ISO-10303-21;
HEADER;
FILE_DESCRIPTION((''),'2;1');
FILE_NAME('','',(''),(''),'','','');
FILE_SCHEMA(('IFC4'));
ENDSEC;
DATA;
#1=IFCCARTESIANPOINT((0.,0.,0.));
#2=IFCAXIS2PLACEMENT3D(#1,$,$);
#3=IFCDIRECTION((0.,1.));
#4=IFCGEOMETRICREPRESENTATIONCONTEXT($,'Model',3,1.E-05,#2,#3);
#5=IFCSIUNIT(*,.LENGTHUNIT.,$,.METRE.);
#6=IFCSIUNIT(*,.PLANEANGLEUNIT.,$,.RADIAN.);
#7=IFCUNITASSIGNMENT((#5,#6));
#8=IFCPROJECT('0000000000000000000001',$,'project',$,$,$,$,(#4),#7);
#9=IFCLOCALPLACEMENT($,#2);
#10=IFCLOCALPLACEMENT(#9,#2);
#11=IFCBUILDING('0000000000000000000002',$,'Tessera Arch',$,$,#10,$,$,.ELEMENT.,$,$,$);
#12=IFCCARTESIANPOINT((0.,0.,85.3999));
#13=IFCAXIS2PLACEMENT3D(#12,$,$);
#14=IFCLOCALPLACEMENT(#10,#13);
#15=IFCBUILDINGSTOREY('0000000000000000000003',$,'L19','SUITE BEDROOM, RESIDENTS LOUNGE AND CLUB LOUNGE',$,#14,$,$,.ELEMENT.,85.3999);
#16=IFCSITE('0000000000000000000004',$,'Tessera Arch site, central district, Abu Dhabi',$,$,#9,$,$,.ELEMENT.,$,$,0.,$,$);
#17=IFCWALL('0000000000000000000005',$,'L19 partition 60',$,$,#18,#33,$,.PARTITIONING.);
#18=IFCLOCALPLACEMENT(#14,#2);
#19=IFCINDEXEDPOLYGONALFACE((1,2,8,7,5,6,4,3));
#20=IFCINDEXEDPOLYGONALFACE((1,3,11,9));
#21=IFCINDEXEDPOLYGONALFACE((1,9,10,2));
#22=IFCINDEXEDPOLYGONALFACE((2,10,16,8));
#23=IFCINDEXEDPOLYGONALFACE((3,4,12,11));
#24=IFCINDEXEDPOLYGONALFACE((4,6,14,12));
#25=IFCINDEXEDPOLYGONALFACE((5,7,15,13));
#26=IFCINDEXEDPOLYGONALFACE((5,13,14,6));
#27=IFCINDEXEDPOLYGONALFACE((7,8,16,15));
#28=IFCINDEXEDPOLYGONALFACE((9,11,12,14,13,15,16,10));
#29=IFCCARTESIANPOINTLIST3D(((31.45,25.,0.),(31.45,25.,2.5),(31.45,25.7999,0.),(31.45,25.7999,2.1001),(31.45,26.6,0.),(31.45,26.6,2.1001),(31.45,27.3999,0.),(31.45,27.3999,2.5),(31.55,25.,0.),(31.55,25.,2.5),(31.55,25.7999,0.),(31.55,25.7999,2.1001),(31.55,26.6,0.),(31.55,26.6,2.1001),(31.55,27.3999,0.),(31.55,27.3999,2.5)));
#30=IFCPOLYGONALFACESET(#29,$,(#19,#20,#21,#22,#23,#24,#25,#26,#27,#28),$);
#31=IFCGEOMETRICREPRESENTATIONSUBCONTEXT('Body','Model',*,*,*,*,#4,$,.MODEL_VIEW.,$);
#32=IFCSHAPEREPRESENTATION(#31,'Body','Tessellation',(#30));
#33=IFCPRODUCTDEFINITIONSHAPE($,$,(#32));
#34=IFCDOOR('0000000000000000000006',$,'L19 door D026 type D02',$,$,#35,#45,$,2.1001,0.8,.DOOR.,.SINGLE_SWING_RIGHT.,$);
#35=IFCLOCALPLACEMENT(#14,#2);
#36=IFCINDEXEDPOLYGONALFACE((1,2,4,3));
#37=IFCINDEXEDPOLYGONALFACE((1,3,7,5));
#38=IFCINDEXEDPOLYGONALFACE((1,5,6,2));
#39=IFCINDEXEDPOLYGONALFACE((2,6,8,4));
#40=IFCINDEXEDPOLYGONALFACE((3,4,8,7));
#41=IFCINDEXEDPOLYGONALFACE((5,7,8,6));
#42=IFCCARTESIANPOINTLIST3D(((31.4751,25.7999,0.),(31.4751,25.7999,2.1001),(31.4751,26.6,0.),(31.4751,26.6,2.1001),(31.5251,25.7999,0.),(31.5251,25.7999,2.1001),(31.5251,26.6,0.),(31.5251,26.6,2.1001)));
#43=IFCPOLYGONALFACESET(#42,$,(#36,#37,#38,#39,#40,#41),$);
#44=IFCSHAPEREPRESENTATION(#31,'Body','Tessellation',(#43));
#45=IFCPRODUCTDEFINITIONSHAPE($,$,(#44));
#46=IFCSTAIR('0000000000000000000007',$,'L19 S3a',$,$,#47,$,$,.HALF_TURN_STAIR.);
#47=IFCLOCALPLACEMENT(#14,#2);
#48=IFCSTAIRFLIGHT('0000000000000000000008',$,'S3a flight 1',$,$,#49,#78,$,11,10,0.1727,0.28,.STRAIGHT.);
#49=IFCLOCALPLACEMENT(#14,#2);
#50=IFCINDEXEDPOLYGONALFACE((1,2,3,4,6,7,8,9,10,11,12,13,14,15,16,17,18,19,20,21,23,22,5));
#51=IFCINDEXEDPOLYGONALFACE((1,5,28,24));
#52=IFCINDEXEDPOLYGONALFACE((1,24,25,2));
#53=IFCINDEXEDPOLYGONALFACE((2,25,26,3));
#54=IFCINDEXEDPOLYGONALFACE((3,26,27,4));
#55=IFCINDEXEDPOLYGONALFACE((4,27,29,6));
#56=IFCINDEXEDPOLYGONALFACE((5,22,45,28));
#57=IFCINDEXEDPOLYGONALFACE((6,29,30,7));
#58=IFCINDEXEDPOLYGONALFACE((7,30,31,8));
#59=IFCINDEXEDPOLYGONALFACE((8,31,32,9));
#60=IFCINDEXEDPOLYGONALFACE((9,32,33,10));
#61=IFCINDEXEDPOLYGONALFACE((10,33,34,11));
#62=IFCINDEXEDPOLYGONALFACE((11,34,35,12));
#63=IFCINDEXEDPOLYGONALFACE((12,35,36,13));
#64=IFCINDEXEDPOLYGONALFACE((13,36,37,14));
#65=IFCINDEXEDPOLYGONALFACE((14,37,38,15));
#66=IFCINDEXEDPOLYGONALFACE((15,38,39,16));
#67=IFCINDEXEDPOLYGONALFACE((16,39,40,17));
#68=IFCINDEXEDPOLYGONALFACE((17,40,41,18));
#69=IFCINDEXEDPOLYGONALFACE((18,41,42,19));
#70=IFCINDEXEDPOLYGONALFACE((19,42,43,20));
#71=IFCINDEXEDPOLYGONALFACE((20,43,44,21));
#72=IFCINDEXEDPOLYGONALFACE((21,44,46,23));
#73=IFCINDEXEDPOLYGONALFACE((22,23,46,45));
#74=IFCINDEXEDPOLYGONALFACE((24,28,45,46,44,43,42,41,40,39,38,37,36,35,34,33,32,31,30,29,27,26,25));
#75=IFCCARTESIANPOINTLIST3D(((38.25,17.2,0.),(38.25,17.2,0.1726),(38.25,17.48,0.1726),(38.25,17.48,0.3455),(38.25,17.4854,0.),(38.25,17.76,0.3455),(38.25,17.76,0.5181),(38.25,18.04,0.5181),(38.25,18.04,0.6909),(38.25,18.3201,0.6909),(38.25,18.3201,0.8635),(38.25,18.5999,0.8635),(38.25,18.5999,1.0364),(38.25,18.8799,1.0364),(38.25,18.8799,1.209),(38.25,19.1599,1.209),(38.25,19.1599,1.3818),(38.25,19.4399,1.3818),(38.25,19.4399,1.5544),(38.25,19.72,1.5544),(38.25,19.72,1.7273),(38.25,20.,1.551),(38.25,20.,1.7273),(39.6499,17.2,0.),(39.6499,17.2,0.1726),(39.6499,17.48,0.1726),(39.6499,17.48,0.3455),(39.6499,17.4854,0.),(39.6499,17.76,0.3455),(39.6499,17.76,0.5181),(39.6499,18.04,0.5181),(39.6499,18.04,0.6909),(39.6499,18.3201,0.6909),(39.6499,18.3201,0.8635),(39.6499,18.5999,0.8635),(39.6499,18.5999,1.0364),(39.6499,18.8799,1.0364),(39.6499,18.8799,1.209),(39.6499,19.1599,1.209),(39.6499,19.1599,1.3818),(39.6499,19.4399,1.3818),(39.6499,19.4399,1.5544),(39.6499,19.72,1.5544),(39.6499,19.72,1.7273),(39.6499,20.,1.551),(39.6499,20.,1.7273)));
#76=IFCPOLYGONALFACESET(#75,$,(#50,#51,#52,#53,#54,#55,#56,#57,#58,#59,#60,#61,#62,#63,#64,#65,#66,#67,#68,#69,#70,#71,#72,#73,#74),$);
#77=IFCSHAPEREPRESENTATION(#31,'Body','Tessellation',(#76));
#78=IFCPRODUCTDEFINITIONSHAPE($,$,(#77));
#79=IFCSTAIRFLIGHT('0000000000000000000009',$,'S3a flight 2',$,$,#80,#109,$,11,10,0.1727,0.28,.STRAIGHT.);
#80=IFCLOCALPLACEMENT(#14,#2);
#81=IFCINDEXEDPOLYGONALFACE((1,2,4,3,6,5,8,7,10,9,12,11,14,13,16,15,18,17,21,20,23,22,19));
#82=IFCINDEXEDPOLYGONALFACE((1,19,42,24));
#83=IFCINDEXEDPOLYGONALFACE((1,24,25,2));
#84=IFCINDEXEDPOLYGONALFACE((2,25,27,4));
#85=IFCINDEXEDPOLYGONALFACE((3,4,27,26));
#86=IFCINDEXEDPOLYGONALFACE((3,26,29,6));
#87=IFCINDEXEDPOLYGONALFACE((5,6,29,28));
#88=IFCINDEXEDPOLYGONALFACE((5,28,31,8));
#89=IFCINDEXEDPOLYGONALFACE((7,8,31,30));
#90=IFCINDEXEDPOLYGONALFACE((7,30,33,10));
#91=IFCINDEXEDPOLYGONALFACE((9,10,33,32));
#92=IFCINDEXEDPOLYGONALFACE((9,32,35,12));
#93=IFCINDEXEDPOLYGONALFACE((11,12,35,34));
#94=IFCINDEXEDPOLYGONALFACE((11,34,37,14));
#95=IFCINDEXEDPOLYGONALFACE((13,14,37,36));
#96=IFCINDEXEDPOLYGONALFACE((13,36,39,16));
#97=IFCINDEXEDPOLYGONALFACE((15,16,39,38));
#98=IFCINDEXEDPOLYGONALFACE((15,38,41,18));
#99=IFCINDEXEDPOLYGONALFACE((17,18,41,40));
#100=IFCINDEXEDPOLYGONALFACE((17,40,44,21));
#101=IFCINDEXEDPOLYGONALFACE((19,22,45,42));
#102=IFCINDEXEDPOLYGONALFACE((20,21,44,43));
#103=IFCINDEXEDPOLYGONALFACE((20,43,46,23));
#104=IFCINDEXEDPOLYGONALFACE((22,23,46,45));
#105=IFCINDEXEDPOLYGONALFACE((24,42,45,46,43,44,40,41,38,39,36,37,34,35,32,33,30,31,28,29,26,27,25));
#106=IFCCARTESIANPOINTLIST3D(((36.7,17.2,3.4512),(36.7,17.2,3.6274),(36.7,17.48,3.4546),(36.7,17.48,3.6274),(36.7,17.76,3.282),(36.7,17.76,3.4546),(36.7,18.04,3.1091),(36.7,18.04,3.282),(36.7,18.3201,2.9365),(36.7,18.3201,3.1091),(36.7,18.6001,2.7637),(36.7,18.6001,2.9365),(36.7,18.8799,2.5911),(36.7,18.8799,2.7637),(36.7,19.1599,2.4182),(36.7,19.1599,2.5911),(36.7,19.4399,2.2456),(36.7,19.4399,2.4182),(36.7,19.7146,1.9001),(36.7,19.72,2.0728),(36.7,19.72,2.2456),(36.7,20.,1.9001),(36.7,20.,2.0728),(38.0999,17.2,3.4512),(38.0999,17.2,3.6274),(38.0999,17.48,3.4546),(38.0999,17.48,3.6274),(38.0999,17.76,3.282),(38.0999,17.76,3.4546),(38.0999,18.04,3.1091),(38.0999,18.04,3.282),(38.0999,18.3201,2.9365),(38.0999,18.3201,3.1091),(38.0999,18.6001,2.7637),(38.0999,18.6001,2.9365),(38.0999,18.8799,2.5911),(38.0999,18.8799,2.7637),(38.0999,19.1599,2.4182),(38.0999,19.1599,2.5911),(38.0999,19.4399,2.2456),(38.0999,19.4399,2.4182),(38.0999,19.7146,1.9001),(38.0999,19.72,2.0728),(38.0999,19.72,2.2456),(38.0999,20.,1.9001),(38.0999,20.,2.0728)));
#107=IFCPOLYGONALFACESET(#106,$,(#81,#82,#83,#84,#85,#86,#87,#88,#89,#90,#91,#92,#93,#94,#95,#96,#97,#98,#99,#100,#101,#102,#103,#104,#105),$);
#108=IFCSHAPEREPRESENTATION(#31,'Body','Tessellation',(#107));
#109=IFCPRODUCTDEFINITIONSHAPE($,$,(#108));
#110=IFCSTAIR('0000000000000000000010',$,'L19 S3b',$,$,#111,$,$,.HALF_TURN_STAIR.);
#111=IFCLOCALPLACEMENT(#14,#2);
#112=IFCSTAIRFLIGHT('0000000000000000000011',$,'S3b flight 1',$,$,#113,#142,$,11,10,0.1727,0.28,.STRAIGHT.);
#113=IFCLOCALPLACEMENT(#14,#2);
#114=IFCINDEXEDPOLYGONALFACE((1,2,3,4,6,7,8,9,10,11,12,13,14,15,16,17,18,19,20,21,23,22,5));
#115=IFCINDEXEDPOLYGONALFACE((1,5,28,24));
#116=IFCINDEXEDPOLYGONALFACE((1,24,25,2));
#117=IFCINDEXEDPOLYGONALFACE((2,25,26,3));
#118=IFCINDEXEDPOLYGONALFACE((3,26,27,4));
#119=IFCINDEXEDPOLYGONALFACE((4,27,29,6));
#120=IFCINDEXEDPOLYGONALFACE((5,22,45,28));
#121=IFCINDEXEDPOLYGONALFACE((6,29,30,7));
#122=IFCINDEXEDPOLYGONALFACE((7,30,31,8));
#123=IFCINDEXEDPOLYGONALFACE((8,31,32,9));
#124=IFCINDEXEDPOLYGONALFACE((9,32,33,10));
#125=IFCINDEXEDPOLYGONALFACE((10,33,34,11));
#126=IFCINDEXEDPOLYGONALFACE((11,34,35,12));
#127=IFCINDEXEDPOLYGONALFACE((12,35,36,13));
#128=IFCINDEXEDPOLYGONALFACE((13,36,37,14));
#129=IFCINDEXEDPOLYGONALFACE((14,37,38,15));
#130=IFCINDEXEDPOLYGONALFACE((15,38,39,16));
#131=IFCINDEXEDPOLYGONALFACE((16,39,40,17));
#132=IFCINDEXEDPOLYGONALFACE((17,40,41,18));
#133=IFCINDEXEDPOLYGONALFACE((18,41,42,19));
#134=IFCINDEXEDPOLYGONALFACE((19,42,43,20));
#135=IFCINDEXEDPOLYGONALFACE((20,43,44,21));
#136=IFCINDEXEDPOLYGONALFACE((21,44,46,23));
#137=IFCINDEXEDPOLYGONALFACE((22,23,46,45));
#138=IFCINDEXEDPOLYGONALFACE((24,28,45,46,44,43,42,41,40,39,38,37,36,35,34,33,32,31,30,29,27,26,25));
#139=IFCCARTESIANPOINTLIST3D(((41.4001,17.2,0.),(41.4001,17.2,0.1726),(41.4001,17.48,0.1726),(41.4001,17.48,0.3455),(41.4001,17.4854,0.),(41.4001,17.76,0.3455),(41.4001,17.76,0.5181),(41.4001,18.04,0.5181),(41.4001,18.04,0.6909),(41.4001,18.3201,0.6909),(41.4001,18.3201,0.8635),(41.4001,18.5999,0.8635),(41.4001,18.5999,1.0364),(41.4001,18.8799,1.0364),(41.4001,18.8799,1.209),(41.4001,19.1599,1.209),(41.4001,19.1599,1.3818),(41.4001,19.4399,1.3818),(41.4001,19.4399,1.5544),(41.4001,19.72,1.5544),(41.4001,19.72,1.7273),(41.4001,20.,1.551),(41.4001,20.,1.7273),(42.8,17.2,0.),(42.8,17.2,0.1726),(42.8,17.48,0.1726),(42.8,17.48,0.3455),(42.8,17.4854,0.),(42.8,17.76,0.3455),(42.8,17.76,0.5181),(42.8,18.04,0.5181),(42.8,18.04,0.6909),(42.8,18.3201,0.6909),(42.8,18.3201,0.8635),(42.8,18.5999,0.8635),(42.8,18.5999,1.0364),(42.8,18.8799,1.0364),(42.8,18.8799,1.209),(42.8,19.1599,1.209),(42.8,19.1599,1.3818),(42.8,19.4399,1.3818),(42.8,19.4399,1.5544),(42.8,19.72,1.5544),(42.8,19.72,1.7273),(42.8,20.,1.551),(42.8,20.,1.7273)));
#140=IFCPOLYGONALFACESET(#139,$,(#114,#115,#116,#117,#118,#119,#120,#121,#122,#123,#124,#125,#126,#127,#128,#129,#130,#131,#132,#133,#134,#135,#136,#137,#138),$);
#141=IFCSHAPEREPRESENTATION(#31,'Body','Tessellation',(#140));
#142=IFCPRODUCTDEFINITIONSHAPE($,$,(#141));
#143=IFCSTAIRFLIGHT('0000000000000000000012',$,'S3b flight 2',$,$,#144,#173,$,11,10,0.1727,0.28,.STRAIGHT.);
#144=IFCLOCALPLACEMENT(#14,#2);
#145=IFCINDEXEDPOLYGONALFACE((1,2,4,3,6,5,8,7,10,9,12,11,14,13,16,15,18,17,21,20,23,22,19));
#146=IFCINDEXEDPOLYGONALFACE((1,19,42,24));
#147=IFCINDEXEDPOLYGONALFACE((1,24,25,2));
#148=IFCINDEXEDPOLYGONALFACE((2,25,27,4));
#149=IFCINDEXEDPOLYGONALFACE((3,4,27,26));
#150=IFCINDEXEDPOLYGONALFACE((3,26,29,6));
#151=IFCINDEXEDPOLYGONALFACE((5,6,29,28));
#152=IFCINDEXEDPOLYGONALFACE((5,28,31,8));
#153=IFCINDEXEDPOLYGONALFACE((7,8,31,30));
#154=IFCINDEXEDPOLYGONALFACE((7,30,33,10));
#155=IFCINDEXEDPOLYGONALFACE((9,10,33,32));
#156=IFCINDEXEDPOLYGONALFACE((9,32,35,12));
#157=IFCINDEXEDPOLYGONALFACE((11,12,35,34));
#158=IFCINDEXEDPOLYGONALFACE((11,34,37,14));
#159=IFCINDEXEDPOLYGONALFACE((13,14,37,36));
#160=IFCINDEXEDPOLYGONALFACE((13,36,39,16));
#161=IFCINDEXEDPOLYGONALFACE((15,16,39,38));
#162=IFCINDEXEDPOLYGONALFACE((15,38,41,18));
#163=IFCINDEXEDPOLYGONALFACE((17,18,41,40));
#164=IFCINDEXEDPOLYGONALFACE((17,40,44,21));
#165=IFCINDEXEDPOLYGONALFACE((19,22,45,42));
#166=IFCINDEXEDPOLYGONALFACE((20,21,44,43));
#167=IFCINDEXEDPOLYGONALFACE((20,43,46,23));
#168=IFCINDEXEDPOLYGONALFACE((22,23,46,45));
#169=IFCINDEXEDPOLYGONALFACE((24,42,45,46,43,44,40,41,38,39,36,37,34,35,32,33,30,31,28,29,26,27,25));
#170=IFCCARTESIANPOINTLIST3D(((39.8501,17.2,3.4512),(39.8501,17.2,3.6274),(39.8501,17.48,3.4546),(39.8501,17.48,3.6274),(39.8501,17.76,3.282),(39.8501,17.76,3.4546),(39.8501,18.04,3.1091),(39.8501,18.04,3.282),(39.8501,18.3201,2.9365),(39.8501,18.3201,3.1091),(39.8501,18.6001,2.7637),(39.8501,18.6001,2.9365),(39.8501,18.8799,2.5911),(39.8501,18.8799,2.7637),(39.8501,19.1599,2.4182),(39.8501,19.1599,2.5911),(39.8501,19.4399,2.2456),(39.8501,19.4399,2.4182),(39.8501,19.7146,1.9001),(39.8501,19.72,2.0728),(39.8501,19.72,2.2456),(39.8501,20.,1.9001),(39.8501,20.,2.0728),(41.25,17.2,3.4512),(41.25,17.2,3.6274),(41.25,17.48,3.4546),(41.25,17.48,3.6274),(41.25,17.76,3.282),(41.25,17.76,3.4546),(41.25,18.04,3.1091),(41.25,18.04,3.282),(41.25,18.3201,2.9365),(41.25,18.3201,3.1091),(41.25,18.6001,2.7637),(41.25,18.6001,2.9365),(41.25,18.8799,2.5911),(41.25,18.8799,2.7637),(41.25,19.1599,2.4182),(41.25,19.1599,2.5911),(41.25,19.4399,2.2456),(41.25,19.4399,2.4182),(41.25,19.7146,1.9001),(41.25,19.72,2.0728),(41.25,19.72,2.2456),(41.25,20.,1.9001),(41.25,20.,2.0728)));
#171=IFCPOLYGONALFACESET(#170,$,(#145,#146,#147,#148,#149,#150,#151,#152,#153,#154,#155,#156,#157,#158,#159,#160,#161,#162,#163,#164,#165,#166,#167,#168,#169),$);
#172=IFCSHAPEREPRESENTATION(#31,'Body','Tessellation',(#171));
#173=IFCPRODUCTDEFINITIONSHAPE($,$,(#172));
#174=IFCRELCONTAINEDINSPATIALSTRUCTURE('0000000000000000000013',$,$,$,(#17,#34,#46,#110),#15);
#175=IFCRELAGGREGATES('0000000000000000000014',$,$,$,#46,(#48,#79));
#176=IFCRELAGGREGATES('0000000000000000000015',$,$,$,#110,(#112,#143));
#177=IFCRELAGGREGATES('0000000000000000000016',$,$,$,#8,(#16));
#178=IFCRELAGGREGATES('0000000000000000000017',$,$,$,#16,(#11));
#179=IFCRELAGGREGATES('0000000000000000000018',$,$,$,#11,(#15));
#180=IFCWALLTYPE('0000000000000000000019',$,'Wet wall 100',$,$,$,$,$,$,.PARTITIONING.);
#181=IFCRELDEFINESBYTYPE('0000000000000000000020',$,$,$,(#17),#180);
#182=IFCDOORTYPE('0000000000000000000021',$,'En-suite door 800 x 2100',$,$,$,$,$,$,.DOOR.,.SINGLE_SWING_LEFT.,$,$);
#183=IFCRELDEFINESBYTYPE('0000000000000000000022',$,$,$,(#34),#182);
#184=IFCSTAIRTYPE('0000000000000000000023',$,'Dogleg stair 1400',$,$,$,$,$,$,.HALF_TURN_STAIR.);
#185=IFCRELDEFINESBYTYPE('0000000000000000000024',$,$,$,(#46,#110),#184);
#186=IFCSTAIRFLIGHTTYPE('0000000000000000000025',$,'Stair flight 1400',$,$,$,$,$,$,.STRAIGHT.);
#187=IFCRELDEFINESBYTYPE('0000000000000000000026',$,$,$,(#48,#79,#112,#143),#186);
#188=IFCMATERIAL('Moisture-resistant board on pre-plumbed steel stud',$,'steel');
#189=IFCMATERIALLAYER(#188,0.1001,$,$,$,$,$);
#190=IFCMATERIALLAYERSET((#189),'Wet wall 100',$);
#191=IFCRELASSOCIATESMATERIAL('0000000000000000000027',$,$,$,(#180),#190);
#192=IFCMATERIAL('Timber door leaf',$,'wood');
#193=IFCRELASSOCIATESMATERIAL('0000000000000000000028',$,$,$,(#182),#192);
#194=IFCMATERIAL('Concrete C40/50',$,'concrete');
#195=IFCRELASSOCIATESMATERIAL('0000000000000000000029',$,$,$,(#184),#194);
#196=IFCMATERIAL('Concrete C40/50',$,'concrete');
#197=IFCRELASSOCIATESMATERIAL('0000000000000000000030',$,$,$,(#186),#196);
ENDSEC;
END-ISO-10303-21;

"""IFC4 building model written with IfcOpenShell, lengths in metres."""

from ifc_helpers import new_model, si_unit, direction, frame, frame_2d, origin, place, context, subcontext, project, spatial, polyline, rectangle, outline, extrude, material, layer, layer_set, type_object, element, fill, aggregate, save


model = new_model("IFC4")

# Units and contexts
model_context = context("Model", 3, precision=1e-05, world=origin(), true_north=direction((0.0, 1.0)))
body_context = subcontext(model_context, "Body", "Model", "MODEL_VIEW")
ifc_project = project(units=[si_unit("LENGTHUNIT", "METRE"), si_unit("PLANEANGLEUNIT", "RADIAN")], contexts=[model_context])

# Site, building, storey
site_placement = place(None, origin())
site = spatial("IfcSite", under=ifc_project, at=site_placement, Name="Tessera Arch site, central district, Abu Dhabi", CompositionType="ELEMENT", RefElevation=0.0)
building_placement = place(site_placement, origin())
building = spatial("IfcBuilding", under=site, at=building_placement, Name="Tessera Arch", CompositionType="ELEMENT")
storey_placement = place(building_placement, frame((0.0, 0.0, 85.3999)))
storey = spatial("IfcBuildingStorey", under=building, at=storey_placement, Name="L19", Description="SUITE BEDROOM, RESIDENTS LOUNGE AND CLUB LOUNGE", CompositionType="ELEMENT", Elevation=85.3999)

# Shared definitions
ifc_material_1 = material(Name="Moisture-resistant board on pre-plumbed steel stud", Category="steel")
ifc_layer_1 = layer(ifc_material_1, 0.1001)
ifc_layer_set_1 = layer_set([ifc_layer_1], Name="Wet wall 100")
wall_type_1 = type_object("IfcWallType", Name="Wet wall 100", PredefinedType="PARTITIONING", material=ifc_layer_set_1)

# Wall, opening, door
ifc_material_2 = material(Name="Timber door leaf", Category="wood")
door_type_1 = type_object("IfcDoorType", Name="En-suite door 800 x 2100", OperationType="SINGLE_SWING_LEFT", PredefinedType="DOOR", material=ifc_material_2)
wall_1_placement = place(storey_placement, frame((31.5, 25.0, 0.0), z_axis=(0.0, 0.0, 1.0), x_axis=(0.0, 1.0, 0.0)))
wall_1 = element("IfcWall", 1, at=wall_1_placement, inside=storey, type_object=wall_type_1, Name="L19 partition 60", PredefinedType="PARTITIONING", context=body_context, shape_type="SweptSolid", body=[
    extrude(rectangle(XDim=2.3999, YDim=0.1001, at=frame_2d((1.2, 0.0))), origin(), (0.0, 0.0, 1.0), 2.5),
])
opening_1_placement = place(wall_1_placement, frame((0.8, 0.0, 0.0)))
opening_1 = element("IfcOpeningElement", 2, at=opening_1_placement, cuts=wall_1, PredefinedType="OPENING", context=body_context, shape_type="SweptSolid", body=[
    extrude(rectangle(XDim=0.8, YDim=2.1001, at=frame_2d((0.3999, 1.05))), frame((0.0, 0.0601, 0.0), z_axis=(0.0, -1.0, 0.0), x_axis=(1.0, 0.0, 0.0)), (0.0, 0.0, 1.0), 0.1201),
])
door_1_placement = place(opening_1_placement, origin())
door_1 = element("IfcDoor", 3, at=door_1_placement, inside=storey, type_object=door_type_1, Name="L19 door D026 type D02", OperationType="SINGLE_SWING_RIGHT", OverallHeight=2.1001, OverallWidth=0.8, PredefinedType="DOOR", context=body_context, shape_type="SweptSolid", body=[
    extrude(rectangle(XDim=0.8, YDim=2.1001, at=frame_2d((0.3999, 1.05))), frame((0.0, 0.0249, 0.0), z_axis=(0.0, -1.0, 0.0), x_axis=(1.0, 0.0, 0.0)), (0.0, 0.0, 1.0), 0.05),
])
fill(opening_1, door_1)

# Stairs, stair flights
ifc_material_3 = material(Name="Concrete C40/50", Category="concrete")
stair_type = type_object("IfcStairType", Name="Dogleg stair 1400", PredefinedType="HALF_TURN_STAIR", material=ifc_material_3)
stair_1_placement = place(storey_placement, origin())
stair_1 = element("IfcStair", 4, at=stair_1_placement, inside=storey, type_object=stair_type, Name="L19 S3a", PredefinedType="HALF_TURN_STAIR")
ifc_material_4 = material(Name="Concrete C40/50", Category="concrete")
stair_flight_type = type_object("IfcStairFlightType", Name="Stair flight 1400", PredefinedType="STRAIGHT", material=ifc_material_4)
stair_flight_1_placement = place(storey_placement, frame((38.95, 17.2, 0.0), z_axis=(0.0, 0.0, 1.0), x_axis=(0.0, 1.0, 0.0)))
stair_flight_1 = element("IfcStairFlight", 5, at=stair_flight_1_placement, type_object=stair_flight_type, Name="S3a flight 1", NumberOfRisers=11, NumberOfTreads=10, PredefinedType="STRAIGHT", RiserHeight=0.1727, TreadLength=0.28, context=body_context, shape_type="SweptSolid", body=[
    extrude(outline(polyline([(0.0, 0.0), (0.0, 0.1726), (0.28, 0.1726), (0.28, 0.3455), (0.5601, 0.3455), (0.5601, 0.5181), (0.8401, 0.5181), (0.8401, 0.6909), (1.1201, 0.6909), (1.1201, 0.8635), (1.3999, 0.8635), (1.3999, 1.0364), (1.6799, 1.0364), (1.6799, 1.209), (1.96, 1.209), (1.96, 1.3818), (2.24, 1.3818), (2.24, 1.5544), (2.52, 1.5544), (2.52, 1.7273), (2.8, 1.7273), (2.8, 1.8999), (2.8, 1.551), (0.2854, 0.0), (0.0, 0.0)])), frame((0.0, 0.7, 0.0), z_axis=(0.0, -1.0, 0.0), x_axis=(1.0, 0.0, 0.0)), (0.0, 0.0, 1.0), 1.3999),
])
stair_flight_2_placement = place(storey_placement, frame((37.3999, 20.0, 1.9001), z_axis=(0.0, 0.0, 1.0), x_axis=(0.0, -1.0, 0.0)))
stair_flight_2 = element("IfcStairFlight", 6, at=stair_flight_2_placement, type_object=stair_flight_type, Name="S3a flight 2", NumberOfRisers=11, NumberOfTreads=10, PredefinedType="STRAIGHT", RiserHeight=0.1727, TreadLength=0.28, context=body_context, shape_type="SweptSolid", body=[
    extrude(outline(polyline([(0.0, 0.0), (0.0, 0.1726), (0.28, 0.1726), (0.28, 0.3455), (0.5601, 0.3455), (0.5601, 0.5181), (0.8401, 0.5181), (0.8401, 0.6909), (1.1201, 0.6909), (1.1201, 0.8635), (1.3999, 0.8635), (1.3999, 1.0364), (1.6799, 1.0364), (1.6799, 1.209), (1.96, 1.209), (1.96, 1.3818), (2.24, 1.3818), (2.24, 1.5544), (2.52, 1.5544), (2.52, 1.7273), (2.8, 1.7273), (2.8, 1.8999), (2.8, 1.551), (0.2854, 0.0), (0.0, 0.0)])), frame((0.0, 0.7, 0.0), z_axis=(0.0, -1.0, 0.0), x_axis=(1.0, 0.0, 0.0)), (0.0, 0.0, 1.0), 1.3999),
])
aggregate(stair_1, [stair_flight_1, stair_flight_2])
stair_2_placement = place(storey_placement, origin())
stair_2 = element("IfcStair", 7, at=stair_2_placement, inside=storey, type_object=stair_type, Name="L19 S3b", PredefinedType="HALF_TURN_STAIR")
stair_flight_3_placement = place(storey_placement, frame((42.1001, 17.2, 0.0), z_axis=(0.0, 0.0, 1.0), x_axis=(0.0, 1.0, 0.0)))
stair_flight_3 = element("IfcStairFlight", 8, at=stair_flight_3_placement, type_object=stair_flight_type, Name="S3b flight 1", NumberOfRisers=11, NumberOfTreads=10, PredefinedType="STRAIGHT", RiserHeight=0.1727, TreadLength=0.28, context=body_context, shape_type="SweptSolid", body=[
    extrude(outline(polyline([(0.0, 0.0), (0.0, 0.1726), (0.28, 0.1726), (0.28, 0.3455), (0.5601, 0.3455), (0.5601, 0.5181), (0.8401, 0.5181), (0.8401, 0.6909), (1.1201, 0.6909), (1.1201, 0.8635), (1.3999, 0.8635), (1.3999, 1.0364), (1.6799, 1.0364), (1.6799, 1.209), (1.96, 1.209), (1.96, 1.3818), (2.24, 1.3818), (2.24, 1.5544), (2.52, 1.5544), (2.52, 1.7273), (2.8, 1.7273), (2.8, 1.8999), (2.8, 1.551), (0.2854, 0.0), (0.0, 0.0)])), frame((0.0, 0.7, 0.0), z_axis=(0.0, -1.0, 0.0), x_axis=(1.0, 0.0, 0.0)), (0.0, 0.0, 1.0), 1.3999),
])
stair_flight_4_placement = place(storey_placement, frame((40.55, 20.0, 1.9001), z_axis=(0.0, 0.0, 1.0), x_axis=(0.0, -1.0, 0.0)))
stair_flight_4 = element("IfcStairFlight", 9, at=stair_flight_4_placement, type_object=stair_flight_type, Name="S3b flight 2", NumberOfRisers=11, NumberOfTreads=10, PredefinedType="STRAIGHT", RiserHeight=0.1727, TreadLength=0.28, context=body_context, shape_type="SweptSolid", body=[
    extrude(outline(polyline([(0.0, 0.0), (0.0, 0.1726), (0.28, 0.1726), (0.28, 0.3455), (0.5601, 0.3455), (0.5601, 0.5181), (0.8401, 0.5181), (0.8401, 0.6909), (1.1201, 0.6909), (1.1201, 0.8635), (1.3999, 0.8635), (1.3999, 1.0364), (1.6799, 1.0364), (1.6799, 1.209), (1.96, 1.209), (1.96, 1.3818), (2.24, 1.3818), (2.24, 1.5544), (2.52, 1.5544), (2.52, 1.7273), (2.8, 1.7273), (2.8, 1.8999), (2.8, 1.551), (0.2854, 0.0), (0.0, 0.0)])), frame((0.0, 0.7, 0.0), z_axis=(0.0, -1.0, 0.0), x_axis=(1.0, 0.0, 0.0)), (0.0, 0.0, 1.0), 1.3999),
])
aggregate(stair_2, [stair_flight_3, stair_flight_4])

save(model, "model.ifc")
